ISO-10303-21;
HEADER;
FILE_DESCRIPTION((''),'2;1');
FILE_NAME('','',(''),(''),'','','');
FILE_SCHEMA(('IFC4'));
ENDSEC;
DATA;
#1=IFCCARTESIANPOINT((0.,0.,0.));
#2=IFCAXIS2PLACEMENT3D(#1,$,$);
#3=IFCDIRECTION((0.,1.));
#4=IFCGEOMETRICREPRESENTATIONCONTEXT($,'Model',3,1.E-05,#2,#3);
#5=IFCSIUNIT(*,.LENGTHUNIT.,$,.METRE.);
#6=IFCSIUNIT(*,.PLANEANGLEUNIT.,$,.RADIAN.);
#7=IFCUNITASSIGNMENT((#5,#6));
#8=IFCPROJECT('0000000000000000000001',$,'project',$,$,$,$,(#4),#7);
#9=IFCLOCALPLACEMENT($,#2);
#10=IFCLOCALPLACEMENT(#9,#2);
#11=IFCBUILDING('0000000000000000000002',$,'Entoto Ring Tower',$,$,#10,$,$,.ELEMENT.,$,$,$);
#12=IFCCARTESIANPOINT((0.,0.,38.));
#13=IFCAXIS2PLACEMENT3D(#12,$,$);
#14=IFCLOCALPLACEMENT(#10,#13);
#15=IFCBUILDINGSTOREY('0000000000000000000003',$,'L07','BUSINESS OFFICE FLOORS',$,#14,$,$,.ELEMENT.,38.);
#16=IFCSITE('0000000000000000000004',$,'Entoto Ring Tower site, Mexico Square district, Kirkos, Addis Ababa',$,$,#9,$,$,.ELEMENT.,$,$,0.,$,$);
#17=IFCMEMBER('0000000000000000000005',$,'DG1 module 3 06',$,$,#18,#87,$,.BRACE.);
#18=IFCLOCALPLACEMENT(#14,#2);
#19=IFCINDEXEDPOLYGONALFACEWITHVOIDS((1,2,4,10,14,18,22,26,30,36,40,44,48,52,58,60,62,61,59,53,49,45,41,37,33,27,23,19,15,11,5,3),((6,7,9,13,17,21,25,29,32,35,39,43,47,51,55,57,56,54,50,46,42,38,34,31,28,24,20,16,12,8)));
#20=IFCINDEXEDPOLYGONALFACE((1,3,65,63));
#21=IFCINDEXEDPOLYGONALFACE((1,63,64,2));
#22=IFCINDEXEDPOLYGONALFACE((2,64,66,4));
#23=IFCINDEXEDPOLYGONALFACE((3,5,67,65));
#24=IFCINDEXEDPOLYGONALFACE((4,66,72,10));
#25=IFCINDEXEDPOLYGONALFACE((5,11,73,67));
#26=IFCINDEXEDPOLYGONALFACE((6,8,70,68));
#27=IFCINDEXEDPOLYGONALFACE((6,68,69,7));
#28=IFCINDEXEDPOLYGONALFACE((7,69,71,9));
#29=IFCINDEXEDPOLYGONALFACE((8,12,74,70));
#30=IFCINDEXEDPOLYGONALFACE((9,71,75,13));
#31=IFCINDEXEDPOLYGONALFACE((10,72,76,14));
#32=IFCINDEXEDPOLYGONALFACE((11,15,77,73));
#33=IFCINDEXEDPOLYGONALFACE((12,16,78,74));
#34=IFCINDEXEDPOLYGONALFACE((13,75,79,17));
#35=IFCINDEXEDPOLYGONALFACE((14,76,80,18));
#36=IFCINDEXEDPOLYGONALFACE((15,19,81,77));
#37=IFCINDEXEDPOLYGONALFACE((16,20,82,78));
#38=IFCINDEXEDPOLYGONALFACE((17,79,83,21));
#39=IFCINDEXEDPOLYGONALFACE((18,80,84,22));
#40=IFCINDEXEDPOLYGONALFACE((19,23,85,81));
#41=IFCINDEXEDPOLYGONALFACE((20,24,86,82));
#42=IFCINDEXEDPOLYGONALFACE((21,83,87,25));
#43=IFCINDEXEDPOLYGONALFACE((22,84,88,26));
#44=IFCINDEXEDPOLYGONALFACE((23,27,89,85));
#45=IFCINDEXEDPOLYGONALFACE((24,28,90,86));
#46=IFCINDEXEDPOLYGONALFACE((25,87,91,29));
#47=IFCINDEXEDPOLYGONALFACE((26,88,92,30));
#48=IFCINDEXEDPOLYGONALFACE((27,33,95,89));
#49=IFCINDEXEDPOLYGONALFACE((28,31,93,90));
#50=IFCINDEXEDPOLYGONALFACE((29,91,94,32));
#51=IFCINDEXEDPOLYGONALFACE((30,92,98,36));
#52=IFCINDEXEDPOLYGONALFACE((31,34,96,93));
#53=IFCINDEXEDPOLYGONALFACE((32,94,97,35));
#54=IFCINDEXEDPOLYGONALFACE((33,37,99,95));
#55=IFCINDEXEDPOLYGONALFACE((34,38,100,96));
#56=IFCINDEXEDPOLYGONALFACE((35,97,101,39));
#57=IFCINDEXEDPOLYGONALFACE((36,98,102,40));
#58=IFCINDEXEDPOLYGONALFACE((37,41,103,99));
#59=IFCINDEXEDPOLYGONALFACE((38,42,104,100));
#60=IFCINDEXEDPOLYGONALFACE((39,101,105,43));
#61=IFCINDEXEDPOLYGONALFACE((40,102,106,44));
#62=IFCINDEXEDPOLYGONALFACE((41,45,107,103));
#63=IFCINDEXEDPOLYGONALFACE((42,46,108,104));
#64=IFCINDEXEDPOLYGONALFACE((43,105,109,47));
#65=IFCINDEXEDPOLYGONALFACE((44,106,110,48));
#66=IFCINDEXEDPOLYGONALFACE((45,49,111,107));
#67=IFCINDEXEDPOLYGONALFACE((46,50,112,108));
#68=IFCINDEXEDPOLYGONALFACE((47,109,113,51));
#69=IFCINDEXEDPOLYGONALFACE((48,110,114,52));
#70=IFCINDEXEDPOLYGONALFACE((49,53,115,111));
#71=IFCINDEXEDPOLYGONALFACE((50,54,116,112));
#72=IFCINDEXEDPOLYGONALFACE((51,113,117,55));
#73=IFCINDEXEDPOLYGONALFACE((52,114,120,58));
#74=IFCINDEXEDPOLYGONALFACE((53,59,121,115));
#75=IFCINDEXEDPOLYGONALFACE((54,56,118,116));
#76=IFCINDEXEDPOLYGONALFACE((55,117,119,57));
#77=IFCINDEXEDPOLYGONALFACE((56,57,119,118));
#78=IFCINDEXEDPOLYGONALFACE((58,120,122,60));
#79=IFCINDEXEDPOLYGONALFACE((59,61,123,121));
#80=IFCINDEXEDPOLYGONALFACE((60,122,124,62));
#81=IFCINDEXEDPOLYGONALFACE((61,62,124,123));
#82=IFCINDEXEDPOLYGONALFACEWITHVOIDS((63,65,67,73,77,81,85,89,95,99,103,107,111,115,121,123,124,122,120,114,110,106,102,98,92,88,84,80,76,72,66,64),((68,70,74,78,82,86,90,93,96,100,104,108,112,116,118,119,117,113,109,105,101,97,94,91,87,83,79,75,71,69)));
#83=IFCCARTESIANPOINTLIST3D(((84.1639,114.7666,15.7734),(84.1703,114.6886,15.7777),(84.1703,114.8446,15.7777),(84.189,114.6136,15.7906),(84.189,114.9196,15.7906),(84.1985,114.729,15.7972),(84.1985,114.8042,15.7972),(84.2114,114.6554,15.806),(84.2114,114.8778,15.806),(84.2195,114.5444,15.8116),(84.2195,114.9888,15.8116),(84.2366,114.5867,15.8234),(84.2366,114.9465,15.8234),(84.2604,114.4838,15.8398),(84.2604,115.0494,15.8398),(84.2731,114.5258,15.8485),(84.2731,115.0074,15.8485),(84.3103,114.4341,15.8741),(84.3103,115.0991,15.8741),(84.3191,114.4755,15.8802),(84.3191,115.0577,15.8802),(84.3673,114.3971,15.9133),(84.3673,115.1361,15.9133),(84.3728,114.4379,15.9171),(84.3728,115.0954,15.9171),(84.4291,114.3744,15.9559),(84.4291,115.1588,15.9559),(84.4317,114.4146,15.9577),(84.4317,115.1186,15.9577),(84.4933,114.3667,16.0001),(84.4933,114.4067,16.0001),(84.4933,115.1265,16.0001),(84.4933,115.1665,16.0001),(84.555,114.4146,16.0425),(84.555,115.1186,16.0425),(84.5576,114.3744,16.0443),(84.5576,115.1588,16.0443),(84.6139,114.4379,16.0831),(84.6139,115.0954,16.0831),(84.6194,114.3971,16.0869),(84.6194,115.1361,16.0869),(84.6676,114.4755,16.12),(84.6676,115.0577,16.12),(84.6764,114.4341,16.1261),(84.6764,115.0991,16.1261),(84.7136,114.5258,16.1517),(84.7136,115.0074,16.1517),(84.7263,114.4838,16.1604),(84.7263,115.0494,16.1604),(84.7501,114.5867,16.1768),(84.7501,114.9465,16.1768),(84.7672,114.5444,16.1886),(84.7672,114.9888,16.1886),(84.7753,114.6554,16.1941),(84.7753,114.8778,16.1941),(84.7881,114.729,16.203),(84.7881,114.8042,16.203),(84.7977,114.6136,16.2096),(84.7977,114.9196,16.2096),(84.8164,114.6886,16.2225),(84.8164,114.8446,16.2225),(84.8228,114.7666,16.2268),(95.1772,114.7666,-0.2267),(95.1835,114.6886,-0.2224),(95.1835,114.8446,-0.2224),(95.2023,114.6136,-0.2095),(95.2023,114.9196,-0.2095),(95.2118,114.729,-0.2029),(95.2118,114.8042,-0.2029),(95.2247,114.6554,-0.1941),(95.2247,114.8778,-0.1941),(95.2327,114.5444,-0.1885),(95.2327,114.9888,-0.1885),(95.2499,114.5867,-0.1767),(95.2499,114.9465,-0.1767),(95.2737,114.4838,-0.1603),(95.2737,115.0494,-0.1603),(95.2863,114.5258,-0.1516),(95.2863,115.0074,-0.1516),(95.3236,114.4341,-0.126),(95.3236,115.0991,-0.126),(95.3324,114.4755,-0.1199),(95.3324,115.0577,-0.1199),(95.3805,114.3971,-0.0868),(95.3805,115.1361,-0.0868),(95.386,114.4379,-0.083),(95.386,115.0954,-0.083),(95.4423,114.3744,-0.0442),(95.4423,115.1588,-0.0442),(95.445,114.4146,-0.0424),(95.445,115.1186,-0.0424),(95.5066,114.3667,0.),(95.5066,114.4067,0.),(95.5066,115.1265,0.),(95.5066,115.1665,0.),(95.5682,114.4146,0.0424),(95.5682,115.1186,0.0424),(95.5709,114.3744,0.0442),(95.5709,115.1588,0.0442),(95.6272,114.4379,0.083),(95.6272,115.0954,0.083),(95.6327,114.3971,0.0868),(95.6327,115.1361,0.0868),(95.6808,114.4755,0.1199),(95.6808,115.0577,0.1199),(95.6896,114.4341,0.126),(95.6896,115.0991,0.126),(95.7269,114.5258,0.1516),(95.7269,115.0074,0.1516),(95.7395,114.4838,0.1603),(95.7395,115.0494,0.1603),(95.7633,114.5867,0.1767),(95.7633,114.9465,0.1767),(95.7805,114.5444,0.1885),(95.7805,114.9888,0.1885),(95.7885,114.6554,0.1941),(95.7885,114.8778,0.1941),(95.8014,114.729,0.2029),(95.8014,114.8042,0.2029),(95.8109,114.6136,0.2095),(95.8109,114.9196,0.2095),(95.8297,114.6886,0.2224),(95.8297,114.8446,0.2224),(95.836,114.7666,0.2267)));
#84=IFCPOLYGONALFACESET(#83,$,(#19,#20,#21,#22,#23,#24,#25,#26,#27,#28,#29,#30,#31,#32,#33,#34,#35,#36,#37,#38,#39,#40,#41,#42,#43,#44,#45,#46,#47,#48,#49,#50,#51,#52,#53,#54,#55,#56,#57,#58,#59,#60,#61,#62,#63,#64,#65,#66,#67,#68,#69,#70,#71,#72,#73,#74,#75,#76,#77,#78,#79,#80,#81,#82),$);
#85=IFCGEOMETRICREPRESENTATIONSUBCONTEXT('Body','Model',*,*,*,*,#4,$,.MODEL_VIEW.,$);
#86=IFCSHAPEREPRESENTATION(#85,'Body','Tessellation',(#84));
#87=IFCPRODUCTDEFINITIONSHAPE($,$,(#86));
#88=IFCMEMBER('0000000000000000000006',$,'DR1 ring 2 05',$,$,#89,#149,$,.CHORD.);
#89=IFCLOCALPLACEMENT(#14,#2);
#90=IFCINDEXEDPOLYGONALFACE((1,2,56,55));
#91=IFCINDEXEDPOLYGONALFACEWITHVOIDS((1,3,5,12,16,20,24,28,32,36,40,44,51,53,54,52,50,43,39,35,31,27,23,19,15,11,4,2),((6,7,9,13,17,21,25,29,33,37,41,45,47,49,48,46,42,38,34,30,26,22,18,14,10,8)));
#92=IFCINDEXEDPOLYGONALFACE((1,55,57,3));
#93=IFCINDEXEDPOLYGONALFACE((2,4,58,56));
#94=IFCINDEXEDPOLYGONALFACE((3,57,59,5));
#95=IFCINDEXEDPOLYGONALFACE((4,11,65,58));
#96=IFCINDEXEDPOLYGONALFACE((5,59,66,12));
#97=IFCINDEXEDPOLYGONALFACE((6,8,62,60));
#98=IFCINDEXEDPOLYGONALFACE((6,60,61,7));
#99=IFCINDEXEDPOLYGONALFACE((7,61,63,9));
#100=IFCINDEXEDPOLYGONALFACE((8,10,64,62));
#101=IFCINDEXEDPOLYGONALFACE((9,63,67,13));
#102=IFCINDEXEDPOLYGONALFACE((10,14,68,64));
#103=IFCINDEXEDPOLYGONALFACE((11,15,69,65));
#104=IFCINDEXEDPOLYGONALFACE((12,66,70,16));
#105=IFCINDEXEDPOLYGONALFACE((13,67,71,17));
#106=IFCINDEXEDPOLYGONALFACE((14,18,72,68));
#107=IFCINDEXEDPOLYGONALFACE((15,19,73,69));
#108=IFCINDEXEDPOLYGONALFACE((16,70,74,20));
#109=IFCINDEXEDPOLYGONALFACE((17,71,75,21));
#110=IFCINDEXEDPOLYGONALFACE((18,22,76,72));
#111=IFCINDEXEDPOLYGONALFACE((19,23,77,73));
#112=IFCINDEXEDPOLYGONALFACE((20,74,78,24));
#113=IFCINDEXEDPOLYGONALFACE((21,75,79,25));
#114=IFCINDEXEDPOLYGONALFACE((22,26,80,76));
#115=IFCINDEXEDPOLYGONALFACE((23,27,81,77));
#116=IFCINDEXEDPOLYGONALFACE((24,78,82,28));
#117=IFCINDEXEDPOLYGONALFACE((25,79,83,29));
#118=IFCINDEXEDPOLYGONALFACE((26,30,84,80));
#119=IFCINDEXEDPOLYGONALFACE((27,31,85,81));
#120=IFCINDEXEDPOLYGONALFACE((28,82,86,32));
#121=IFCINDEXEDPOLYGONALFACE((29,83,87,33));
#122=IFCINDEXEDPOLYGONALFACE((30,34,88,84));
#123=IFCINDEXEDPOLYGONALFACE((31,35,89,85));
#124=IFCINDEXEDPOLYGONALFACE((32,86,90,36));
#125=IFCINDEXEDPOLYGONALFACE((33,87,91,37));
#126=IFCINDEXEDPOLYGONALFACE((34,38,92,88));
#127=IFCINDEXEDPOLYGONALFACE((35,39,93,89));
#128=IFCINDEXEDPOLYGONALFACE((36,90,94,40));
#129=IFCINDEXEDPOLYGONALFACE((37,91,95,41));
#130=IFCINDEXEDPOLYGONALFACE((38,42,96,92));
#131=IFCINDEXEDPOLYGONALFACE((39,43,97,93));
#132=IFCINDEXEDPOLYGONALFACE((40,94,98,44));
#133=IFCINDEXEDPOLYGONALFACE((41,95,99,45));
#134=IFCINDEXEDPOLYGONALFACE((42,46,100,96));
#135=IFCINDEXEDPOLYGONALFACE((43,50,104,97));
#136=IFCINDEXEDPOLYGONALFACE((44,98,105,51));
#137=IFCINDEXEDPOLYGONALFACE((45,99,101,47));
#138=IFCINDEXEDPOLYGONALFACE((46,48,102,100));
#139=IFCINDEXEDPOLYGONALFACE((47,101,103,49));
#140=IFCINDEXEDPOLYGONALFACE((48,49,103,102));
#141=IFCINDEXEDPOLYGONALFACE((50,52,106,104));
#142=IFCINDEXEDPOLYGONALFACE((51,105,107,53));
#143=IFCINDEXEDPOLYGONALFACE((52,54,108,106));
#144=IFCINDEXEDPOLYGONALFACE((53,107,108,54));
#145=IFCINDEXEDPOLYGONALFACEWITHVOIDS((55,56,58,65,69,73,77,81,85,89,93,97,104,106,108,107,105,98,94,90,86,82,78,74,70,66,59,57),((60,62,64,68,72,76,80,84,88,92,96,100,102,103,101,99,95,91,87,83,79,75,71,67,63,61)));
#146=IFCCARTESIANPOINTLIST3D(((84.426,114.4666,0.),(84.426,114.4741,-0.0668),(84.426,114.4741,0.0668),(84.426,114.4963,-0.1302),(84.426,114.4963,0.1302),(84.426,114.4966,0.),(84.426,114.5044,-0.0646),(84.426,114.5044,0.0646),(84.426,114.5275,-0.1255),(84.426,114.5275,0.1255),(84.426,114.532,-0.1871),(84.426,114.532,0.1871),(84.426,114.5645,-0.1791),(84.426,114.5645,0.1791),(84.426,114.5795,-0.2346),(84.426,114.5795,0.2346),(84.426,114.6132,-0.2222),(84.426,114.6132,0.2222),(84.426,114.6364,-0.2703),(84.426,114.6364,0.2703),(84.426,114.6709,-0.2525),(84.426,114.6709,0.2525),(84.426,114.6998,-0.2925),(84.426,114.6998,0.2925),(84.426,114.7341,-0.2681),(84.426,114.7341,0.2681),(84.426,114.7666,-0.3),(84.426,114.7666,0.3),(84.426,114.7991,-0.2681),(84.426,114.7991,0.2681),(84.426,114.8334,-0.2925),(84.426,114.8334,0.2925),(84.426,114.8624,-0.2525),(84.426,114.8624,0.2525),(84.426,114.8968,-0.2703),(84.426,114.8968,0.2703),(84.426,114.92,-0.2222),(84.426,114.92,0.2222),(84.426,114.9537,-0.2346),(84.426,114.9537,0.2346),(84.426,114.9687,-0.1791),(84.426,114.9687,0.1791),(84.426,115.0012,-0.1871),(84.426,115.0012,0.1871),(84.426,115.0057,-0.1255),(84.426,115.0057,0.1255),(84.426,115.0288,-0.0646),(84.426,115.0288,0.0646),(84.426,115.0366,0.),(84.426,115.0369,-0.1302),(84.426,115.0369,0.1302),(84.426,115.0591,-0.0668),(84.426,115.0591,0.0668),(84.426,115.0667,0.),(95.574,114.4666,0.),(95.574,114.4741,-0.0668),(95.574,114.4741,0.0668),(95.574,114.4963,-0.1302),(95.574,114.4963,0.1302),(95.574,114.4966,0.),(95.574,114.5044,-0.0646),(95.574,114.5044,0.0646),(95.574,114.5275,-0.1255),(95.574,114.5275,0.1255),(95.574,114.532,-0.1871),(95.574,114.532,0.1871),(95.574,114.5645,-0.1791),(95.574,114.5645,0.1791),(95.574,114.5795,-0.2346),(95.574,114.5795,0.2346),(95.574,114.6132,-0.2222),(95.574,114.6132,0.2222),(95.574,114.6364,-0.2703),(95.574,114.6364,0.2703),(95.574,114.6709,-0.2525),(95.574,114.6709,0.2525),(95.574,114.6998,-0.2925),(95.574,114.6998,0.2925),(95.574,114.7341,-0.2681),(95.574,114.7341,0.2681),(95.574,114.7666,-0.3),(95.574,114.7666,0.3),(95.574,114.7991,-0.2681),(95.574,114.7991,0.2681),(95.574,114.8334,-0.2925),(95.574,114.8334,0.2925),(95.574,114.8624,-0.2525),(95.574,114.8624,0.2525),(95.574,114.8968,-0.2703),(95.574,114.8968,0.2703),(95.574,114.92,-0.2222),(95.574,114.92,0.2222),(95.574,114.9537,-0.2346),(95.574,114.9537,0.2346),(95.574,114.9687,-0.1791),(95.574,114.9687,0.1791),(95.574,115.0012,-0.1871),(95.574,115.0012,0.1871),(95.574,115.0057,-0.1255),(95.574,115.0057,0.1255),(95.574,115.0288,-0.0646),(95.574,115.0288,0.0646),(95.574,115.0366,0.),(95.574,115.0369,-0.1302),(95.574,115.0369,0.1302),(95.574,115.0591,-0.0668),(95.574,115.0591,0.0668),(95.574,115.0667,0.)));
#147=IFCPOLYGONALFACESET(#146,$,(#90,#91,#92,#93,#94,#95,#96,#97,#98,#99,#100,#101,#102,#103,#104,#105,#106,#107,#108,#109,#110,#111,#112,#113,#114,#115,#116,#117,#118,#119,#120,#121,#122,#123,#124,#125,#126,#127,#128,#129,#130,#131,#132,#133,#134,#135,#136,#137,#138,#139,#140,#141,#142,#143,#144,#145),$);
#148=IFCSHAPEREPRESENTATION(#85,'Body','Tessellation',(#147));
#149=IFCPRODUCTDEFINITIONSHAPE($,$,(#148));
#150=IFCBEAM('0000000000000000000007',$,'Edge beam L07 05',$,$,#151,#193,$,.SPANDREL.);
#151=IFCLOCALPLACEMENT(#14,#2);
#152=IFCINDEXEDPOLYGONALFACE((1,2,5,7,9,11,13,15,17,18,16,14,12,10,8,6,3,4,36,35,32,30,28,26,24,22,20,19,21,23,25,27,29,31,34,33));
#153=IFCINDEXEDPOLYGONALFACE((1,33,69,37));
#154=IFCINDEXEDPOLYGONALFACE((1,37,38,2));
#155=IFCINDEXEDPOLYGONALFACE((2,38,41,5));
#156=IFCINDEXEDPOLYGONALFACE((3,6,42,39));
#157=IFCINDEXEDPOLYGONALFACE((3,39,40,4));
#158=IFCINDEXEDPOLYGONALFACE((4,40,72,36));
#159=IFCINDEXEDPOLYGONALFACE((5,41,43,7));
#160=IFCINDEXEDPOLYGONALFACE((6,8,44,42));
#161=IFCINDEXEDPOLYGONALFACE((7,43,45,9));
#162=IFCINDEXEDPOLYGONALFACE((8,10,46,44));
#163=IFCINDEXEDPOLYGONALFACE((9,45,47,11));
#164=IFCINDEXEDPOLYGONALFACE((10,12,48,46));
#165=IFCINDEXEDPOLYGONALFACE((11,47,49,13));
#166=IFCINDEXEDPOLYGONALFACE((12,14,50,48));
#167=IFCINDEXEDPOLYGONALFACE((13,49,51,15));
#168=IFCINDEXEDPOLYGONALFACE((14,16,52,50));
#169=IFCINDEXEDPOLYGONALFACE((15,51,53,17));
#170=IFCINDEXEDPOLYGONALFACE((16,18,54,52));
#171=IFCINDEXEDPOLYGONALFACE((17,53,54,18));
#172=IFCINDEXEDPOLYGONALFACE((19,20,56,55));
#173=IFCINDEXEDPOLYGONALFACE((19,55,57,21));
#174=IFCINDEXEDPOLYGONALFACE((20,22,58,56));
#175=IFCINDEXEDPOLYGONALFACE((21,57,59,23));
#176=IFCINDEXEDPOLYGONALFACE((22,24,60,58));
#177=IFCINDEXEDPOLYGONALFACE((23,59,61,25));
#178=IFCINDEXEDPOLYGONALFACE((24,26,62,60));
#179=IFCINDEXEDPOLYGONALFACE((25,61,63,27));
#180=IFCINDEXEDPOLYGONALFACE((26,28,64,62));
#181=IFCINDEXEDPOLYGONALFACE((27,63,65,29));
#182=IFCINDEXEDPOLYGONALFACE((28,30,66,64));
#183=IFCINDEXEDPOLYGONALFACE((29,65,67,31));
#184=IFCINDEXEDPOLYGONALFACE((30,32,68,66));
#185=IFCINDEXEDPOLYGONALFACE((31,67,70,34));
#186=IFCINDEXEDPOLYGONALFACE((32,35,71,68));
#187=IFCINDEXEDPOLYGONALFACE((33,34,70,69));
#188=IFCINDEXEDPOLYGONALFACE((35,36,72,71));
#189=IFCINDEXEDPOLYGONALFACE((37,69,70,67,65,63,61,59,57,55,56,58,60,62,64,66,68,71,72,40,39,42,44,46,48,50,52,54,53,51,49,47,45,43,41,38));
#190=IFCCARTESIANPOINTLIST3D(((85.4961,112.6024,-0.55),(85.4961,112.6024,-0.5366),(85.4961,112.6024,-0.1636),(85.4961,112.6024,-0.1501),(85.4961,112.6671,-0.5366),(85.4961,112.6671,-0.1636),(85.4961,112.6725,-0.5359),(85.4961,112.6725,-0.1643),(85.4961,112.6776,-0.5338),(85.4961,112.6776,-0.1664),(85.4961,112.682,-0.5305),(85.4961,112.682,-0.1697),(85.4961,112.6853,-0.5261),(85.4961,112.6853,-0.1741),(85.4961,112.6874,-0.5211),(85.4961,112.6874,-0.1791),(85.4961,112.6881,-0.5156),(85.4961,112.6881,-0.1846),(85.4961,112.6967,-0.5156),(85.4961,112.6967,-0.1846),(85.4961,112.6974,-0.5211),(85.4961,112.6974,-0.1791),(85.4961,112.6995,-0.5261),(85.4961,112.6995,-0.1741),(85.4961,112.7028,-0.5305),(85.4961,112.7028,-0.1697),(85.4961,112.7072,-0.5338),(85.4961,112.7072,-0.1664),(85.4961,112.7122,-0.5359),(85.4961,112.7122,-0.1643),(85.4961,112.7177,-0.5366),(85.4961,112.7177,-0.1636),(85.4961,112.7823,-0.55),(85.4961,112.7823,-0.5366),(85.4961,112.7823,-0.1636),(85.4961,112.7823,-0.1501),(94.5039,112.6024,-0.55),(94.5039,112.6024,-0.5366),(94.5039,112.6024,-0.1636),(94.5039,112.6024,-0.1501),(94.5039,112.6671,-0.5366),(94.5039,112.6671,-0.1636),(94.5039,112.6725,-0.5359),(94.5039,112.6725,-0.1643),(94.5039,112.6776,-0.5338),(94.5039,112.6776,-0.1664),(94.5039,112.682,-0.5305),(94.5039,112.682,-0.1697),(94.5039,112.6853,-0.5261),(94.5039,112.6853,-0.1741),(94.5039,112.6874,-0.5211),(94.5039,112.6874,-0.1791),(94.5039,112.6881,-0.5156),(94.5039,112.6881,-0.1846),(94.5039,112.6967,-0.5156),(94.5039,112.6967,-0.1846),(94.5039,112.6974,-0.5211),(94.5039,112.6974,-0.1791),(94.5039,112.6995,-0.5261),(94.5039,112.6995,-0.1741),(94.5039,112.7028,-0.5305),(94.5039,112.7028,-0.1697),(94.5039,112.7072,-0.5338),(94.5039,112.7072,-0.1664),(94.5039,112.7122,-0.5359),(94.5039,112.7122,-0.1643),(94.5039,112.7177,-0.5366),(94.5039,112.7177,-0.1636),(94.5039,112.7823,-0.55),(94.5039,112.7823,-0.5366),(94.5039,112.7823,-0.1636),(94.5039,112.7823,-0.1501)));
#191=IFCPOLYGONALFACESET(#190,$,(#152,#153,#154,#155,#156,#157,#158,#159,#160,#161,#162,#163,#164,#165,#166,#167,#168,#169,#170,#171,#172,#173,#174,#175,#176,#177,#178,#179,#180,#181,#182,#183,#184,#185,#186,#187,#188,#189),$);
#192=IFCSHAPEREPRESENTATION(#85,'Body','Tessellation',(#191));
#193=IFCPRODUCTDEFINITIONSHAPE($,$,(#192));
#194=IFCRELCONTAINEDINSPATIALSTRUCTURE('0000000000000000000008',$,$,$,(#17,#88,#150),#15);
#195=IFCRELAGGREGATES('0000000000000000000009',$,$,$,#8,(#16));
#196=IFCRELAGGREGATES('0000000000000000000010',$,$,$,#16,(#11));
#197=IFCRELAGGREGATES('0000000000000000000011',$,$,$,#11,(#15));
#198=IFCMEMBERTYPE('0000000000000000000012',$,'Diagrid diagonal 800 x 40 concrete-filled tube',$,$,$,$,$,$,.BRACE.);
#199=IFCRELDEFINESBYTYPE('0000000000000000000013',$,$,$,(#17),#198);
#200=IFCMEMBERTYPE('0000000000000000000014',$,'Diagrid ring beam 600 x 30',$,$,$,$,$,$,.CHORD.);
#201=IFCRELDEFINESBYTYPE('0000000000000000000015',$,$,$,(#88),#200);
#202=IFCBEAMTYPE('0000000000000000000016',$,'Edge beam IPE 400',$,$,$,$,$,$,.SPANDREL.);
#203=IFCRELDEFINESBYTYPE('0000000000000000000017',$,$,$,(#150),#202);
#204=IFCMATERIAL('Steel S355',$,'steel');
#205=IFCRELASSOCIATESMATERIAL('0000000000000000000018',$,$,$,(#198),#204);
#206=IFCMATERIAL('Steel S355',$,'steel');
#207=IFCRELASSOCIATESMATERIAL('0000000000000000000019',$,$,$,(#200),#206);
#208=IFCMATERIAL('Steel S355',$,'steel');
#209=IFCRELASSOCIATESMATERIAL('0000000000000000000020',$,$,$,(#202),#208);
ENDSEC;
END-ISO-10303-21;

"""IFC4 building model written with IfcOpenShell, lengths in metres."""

from ifc_helpers import new_model, si_unit, direction, frame, origin, origin_2d, place, context, subcontext, project, spatial, circle, hollow_circle, i_section, extrude, material, material_profile, profile_set, type_object, element, save


model = new_model("IFC4")

# Units and contexts
model_context = context("Model", 3, precision=1e-05, world=origin(), true_north=direction((0.0, 1.0)))
body_context = subcontext(model_context, "Body", "Model", "MODEL_VIEW")
ifc_project = project(units=[si_unit("LENGTHUNIT", "METRE"), si_unit("PLANEANGLEUNIT", "RADIAN")], contexts=[model_context])

# Site, building, storey
site_placement = place(None, origin())
site = spatial("IfcSite", under=ifc_project, at=site_placement, Name="Entoto Ring Tower site, Mexico Square district, Kirkos, Addis Ababa", CompositionType="ELEMENT", RefElevation=0.0)
building_placement = place(site_placement, origin())
building = spatial("IfcBuilding", under=site, at=building_placement, Name="Entoto Ring Tower", CompositionType="ELEMENT")
storey_placement = place(building_placement, frame((0.0, 0.0, 38.0)))
storey = spatial("IfcBuildingStorey", under=building, at=storey_placement, Name="L07", Description="BUSINESS OFFICE FLOORS", CompositionType="ELEMENT", Elevation=38.0)

# Members
ifc_material_1 = material(Name="Steel S355", Category="steel")
ifc_material_profile_1 = material_profile(ifc_material_1, hollow_circle(Radius=0.3999, WallThickness=0.04, at=origin_2d()), Name="CHS 800 x 40")
ifc_material_2 = material(Name="Concrete C60/75", Category="concrete")
ifc_material_profile_2 = material_profile(ifc_material_2, circle(Radius=0.3601, at=origin_2d()), Name="Concrete C60/75 infill")
ifc_profile_set_1 = profile_set([ifc_material_profile_1, ifc_material_profile_2], Name="Steel S355")
member_type_1 = type_object("IfcMemberType", Name="Diagrid diagonal 800 x 40 concrete-filled tube", PredefinedType="BRACE", material=ifc_profile_set_1)
member_1_placement = place(storey_placement, frame((95.5066, 114.7666, 0.0), z_axis=(-0.56699, 0.0, 0.823725), x_axis=(0.0, -1.0, 0.0)))
element("IfcMember", 1, at=member_1_placement, inside=storey, type_object=member_type_1, Name="DG1 module 3 06", PredefinedType="BRACE", context=body_context, shape_type="SweptSolid", body=[
    extrude(hollow_circle(Radius=0.3999, WallThickness=0.04, at=origin_2d()), origin(), (0.0, 0.0, 1.0), 19.4241),
])
ifc_material_3 = material(Name="Steel S355", Category="steel")
ifc_material_profile_3 = material_profile(ifc_material_3, hollow_circle(Radius=0.3, WallThickness=0.03, at=origin_2d()), Name="CHS 600 x 30")
ifc_material_4 = material(Name="Concrete C60/75", Category="concrete")
ifc_material_profile_4 = material_profile(ifc_material_4, circle(Radius=0.27, at=origin_2d()), Name="Concrete C60/75 infill")
ifc_profile_set_2 = profile_set([ifc_material_profile_3, ifc_material_profile_4], Name="Steel S355")
member_type_2 = type_object("IfcMemberType", Name="Diagrid ring beam 600 x 30", PredefinedType="CHORD", material=ifc_profile_set_2)
member_2_placement = place(storey_placement, frame((95.574, 114.7666, 0.0), z_axis=(-1.0, 0.0, 0.0), x_axis=(0.0, -1.0, 0.0)))
element("IfcMember", 2, at=member_2_placement, inside=storey, type_object=member_type_2, Name="DR1 ring 2 05", PredefinedType="CHORD", context=body_context, shape_type="SweptSolid", body=[
    extrude(hollow_circle(Radius=0.3, WallThickness=0.03, at=origin_2d()), origin(), (0.0, 0.0, 1.0), 11.1479),
])

# Beam
ifc_material_5 = material(Name="Steel S355", Category="steel")
ifc_material_profile_5 = material_profile(ifc_material_5, i_section(OverallWidth=0.1799, OverallDepth=0.3999, WebThickness=0.0085, FlangeThickness=0.0134, FilletRadius=0.021, at=origin_2d()), Name="IPE 400")
ifc_profile_set_3 = profile_set([ifc_material_profile_5], Name="Steel S355")
beam_type_1 = type_object("IfcBeamType", Name="Edge beam IPE 400", PredefinedType="SPANDREL", material=ifc_profile_set_3)
beam_1_placement = place(storey_placement, frame((94.5039, 112.6924, -0.3501), z_axis=(-1.0, 0.0, 0.0), x_axis=(0.0, -1.0, 0.0)))
element("IfcBeam", 3, at=beam_1_placement, inside=storey, type_object=beam_type_1, Name="Edge beam L07 05", PredefinedType="SPANDREL", context=body_context, shape_type="SweptSolid", body=[
    extrude(i_section(OverallWidth=0.1799, OverallDepth=0.3999, WebThickness=0.0085, FlangeThickness=0.0134, FilletRadius=0.021, at=origin_2d()), origin(), (0.0, 0.0, 1.0), 9.0078),
])

save(model, "model.ifc")
